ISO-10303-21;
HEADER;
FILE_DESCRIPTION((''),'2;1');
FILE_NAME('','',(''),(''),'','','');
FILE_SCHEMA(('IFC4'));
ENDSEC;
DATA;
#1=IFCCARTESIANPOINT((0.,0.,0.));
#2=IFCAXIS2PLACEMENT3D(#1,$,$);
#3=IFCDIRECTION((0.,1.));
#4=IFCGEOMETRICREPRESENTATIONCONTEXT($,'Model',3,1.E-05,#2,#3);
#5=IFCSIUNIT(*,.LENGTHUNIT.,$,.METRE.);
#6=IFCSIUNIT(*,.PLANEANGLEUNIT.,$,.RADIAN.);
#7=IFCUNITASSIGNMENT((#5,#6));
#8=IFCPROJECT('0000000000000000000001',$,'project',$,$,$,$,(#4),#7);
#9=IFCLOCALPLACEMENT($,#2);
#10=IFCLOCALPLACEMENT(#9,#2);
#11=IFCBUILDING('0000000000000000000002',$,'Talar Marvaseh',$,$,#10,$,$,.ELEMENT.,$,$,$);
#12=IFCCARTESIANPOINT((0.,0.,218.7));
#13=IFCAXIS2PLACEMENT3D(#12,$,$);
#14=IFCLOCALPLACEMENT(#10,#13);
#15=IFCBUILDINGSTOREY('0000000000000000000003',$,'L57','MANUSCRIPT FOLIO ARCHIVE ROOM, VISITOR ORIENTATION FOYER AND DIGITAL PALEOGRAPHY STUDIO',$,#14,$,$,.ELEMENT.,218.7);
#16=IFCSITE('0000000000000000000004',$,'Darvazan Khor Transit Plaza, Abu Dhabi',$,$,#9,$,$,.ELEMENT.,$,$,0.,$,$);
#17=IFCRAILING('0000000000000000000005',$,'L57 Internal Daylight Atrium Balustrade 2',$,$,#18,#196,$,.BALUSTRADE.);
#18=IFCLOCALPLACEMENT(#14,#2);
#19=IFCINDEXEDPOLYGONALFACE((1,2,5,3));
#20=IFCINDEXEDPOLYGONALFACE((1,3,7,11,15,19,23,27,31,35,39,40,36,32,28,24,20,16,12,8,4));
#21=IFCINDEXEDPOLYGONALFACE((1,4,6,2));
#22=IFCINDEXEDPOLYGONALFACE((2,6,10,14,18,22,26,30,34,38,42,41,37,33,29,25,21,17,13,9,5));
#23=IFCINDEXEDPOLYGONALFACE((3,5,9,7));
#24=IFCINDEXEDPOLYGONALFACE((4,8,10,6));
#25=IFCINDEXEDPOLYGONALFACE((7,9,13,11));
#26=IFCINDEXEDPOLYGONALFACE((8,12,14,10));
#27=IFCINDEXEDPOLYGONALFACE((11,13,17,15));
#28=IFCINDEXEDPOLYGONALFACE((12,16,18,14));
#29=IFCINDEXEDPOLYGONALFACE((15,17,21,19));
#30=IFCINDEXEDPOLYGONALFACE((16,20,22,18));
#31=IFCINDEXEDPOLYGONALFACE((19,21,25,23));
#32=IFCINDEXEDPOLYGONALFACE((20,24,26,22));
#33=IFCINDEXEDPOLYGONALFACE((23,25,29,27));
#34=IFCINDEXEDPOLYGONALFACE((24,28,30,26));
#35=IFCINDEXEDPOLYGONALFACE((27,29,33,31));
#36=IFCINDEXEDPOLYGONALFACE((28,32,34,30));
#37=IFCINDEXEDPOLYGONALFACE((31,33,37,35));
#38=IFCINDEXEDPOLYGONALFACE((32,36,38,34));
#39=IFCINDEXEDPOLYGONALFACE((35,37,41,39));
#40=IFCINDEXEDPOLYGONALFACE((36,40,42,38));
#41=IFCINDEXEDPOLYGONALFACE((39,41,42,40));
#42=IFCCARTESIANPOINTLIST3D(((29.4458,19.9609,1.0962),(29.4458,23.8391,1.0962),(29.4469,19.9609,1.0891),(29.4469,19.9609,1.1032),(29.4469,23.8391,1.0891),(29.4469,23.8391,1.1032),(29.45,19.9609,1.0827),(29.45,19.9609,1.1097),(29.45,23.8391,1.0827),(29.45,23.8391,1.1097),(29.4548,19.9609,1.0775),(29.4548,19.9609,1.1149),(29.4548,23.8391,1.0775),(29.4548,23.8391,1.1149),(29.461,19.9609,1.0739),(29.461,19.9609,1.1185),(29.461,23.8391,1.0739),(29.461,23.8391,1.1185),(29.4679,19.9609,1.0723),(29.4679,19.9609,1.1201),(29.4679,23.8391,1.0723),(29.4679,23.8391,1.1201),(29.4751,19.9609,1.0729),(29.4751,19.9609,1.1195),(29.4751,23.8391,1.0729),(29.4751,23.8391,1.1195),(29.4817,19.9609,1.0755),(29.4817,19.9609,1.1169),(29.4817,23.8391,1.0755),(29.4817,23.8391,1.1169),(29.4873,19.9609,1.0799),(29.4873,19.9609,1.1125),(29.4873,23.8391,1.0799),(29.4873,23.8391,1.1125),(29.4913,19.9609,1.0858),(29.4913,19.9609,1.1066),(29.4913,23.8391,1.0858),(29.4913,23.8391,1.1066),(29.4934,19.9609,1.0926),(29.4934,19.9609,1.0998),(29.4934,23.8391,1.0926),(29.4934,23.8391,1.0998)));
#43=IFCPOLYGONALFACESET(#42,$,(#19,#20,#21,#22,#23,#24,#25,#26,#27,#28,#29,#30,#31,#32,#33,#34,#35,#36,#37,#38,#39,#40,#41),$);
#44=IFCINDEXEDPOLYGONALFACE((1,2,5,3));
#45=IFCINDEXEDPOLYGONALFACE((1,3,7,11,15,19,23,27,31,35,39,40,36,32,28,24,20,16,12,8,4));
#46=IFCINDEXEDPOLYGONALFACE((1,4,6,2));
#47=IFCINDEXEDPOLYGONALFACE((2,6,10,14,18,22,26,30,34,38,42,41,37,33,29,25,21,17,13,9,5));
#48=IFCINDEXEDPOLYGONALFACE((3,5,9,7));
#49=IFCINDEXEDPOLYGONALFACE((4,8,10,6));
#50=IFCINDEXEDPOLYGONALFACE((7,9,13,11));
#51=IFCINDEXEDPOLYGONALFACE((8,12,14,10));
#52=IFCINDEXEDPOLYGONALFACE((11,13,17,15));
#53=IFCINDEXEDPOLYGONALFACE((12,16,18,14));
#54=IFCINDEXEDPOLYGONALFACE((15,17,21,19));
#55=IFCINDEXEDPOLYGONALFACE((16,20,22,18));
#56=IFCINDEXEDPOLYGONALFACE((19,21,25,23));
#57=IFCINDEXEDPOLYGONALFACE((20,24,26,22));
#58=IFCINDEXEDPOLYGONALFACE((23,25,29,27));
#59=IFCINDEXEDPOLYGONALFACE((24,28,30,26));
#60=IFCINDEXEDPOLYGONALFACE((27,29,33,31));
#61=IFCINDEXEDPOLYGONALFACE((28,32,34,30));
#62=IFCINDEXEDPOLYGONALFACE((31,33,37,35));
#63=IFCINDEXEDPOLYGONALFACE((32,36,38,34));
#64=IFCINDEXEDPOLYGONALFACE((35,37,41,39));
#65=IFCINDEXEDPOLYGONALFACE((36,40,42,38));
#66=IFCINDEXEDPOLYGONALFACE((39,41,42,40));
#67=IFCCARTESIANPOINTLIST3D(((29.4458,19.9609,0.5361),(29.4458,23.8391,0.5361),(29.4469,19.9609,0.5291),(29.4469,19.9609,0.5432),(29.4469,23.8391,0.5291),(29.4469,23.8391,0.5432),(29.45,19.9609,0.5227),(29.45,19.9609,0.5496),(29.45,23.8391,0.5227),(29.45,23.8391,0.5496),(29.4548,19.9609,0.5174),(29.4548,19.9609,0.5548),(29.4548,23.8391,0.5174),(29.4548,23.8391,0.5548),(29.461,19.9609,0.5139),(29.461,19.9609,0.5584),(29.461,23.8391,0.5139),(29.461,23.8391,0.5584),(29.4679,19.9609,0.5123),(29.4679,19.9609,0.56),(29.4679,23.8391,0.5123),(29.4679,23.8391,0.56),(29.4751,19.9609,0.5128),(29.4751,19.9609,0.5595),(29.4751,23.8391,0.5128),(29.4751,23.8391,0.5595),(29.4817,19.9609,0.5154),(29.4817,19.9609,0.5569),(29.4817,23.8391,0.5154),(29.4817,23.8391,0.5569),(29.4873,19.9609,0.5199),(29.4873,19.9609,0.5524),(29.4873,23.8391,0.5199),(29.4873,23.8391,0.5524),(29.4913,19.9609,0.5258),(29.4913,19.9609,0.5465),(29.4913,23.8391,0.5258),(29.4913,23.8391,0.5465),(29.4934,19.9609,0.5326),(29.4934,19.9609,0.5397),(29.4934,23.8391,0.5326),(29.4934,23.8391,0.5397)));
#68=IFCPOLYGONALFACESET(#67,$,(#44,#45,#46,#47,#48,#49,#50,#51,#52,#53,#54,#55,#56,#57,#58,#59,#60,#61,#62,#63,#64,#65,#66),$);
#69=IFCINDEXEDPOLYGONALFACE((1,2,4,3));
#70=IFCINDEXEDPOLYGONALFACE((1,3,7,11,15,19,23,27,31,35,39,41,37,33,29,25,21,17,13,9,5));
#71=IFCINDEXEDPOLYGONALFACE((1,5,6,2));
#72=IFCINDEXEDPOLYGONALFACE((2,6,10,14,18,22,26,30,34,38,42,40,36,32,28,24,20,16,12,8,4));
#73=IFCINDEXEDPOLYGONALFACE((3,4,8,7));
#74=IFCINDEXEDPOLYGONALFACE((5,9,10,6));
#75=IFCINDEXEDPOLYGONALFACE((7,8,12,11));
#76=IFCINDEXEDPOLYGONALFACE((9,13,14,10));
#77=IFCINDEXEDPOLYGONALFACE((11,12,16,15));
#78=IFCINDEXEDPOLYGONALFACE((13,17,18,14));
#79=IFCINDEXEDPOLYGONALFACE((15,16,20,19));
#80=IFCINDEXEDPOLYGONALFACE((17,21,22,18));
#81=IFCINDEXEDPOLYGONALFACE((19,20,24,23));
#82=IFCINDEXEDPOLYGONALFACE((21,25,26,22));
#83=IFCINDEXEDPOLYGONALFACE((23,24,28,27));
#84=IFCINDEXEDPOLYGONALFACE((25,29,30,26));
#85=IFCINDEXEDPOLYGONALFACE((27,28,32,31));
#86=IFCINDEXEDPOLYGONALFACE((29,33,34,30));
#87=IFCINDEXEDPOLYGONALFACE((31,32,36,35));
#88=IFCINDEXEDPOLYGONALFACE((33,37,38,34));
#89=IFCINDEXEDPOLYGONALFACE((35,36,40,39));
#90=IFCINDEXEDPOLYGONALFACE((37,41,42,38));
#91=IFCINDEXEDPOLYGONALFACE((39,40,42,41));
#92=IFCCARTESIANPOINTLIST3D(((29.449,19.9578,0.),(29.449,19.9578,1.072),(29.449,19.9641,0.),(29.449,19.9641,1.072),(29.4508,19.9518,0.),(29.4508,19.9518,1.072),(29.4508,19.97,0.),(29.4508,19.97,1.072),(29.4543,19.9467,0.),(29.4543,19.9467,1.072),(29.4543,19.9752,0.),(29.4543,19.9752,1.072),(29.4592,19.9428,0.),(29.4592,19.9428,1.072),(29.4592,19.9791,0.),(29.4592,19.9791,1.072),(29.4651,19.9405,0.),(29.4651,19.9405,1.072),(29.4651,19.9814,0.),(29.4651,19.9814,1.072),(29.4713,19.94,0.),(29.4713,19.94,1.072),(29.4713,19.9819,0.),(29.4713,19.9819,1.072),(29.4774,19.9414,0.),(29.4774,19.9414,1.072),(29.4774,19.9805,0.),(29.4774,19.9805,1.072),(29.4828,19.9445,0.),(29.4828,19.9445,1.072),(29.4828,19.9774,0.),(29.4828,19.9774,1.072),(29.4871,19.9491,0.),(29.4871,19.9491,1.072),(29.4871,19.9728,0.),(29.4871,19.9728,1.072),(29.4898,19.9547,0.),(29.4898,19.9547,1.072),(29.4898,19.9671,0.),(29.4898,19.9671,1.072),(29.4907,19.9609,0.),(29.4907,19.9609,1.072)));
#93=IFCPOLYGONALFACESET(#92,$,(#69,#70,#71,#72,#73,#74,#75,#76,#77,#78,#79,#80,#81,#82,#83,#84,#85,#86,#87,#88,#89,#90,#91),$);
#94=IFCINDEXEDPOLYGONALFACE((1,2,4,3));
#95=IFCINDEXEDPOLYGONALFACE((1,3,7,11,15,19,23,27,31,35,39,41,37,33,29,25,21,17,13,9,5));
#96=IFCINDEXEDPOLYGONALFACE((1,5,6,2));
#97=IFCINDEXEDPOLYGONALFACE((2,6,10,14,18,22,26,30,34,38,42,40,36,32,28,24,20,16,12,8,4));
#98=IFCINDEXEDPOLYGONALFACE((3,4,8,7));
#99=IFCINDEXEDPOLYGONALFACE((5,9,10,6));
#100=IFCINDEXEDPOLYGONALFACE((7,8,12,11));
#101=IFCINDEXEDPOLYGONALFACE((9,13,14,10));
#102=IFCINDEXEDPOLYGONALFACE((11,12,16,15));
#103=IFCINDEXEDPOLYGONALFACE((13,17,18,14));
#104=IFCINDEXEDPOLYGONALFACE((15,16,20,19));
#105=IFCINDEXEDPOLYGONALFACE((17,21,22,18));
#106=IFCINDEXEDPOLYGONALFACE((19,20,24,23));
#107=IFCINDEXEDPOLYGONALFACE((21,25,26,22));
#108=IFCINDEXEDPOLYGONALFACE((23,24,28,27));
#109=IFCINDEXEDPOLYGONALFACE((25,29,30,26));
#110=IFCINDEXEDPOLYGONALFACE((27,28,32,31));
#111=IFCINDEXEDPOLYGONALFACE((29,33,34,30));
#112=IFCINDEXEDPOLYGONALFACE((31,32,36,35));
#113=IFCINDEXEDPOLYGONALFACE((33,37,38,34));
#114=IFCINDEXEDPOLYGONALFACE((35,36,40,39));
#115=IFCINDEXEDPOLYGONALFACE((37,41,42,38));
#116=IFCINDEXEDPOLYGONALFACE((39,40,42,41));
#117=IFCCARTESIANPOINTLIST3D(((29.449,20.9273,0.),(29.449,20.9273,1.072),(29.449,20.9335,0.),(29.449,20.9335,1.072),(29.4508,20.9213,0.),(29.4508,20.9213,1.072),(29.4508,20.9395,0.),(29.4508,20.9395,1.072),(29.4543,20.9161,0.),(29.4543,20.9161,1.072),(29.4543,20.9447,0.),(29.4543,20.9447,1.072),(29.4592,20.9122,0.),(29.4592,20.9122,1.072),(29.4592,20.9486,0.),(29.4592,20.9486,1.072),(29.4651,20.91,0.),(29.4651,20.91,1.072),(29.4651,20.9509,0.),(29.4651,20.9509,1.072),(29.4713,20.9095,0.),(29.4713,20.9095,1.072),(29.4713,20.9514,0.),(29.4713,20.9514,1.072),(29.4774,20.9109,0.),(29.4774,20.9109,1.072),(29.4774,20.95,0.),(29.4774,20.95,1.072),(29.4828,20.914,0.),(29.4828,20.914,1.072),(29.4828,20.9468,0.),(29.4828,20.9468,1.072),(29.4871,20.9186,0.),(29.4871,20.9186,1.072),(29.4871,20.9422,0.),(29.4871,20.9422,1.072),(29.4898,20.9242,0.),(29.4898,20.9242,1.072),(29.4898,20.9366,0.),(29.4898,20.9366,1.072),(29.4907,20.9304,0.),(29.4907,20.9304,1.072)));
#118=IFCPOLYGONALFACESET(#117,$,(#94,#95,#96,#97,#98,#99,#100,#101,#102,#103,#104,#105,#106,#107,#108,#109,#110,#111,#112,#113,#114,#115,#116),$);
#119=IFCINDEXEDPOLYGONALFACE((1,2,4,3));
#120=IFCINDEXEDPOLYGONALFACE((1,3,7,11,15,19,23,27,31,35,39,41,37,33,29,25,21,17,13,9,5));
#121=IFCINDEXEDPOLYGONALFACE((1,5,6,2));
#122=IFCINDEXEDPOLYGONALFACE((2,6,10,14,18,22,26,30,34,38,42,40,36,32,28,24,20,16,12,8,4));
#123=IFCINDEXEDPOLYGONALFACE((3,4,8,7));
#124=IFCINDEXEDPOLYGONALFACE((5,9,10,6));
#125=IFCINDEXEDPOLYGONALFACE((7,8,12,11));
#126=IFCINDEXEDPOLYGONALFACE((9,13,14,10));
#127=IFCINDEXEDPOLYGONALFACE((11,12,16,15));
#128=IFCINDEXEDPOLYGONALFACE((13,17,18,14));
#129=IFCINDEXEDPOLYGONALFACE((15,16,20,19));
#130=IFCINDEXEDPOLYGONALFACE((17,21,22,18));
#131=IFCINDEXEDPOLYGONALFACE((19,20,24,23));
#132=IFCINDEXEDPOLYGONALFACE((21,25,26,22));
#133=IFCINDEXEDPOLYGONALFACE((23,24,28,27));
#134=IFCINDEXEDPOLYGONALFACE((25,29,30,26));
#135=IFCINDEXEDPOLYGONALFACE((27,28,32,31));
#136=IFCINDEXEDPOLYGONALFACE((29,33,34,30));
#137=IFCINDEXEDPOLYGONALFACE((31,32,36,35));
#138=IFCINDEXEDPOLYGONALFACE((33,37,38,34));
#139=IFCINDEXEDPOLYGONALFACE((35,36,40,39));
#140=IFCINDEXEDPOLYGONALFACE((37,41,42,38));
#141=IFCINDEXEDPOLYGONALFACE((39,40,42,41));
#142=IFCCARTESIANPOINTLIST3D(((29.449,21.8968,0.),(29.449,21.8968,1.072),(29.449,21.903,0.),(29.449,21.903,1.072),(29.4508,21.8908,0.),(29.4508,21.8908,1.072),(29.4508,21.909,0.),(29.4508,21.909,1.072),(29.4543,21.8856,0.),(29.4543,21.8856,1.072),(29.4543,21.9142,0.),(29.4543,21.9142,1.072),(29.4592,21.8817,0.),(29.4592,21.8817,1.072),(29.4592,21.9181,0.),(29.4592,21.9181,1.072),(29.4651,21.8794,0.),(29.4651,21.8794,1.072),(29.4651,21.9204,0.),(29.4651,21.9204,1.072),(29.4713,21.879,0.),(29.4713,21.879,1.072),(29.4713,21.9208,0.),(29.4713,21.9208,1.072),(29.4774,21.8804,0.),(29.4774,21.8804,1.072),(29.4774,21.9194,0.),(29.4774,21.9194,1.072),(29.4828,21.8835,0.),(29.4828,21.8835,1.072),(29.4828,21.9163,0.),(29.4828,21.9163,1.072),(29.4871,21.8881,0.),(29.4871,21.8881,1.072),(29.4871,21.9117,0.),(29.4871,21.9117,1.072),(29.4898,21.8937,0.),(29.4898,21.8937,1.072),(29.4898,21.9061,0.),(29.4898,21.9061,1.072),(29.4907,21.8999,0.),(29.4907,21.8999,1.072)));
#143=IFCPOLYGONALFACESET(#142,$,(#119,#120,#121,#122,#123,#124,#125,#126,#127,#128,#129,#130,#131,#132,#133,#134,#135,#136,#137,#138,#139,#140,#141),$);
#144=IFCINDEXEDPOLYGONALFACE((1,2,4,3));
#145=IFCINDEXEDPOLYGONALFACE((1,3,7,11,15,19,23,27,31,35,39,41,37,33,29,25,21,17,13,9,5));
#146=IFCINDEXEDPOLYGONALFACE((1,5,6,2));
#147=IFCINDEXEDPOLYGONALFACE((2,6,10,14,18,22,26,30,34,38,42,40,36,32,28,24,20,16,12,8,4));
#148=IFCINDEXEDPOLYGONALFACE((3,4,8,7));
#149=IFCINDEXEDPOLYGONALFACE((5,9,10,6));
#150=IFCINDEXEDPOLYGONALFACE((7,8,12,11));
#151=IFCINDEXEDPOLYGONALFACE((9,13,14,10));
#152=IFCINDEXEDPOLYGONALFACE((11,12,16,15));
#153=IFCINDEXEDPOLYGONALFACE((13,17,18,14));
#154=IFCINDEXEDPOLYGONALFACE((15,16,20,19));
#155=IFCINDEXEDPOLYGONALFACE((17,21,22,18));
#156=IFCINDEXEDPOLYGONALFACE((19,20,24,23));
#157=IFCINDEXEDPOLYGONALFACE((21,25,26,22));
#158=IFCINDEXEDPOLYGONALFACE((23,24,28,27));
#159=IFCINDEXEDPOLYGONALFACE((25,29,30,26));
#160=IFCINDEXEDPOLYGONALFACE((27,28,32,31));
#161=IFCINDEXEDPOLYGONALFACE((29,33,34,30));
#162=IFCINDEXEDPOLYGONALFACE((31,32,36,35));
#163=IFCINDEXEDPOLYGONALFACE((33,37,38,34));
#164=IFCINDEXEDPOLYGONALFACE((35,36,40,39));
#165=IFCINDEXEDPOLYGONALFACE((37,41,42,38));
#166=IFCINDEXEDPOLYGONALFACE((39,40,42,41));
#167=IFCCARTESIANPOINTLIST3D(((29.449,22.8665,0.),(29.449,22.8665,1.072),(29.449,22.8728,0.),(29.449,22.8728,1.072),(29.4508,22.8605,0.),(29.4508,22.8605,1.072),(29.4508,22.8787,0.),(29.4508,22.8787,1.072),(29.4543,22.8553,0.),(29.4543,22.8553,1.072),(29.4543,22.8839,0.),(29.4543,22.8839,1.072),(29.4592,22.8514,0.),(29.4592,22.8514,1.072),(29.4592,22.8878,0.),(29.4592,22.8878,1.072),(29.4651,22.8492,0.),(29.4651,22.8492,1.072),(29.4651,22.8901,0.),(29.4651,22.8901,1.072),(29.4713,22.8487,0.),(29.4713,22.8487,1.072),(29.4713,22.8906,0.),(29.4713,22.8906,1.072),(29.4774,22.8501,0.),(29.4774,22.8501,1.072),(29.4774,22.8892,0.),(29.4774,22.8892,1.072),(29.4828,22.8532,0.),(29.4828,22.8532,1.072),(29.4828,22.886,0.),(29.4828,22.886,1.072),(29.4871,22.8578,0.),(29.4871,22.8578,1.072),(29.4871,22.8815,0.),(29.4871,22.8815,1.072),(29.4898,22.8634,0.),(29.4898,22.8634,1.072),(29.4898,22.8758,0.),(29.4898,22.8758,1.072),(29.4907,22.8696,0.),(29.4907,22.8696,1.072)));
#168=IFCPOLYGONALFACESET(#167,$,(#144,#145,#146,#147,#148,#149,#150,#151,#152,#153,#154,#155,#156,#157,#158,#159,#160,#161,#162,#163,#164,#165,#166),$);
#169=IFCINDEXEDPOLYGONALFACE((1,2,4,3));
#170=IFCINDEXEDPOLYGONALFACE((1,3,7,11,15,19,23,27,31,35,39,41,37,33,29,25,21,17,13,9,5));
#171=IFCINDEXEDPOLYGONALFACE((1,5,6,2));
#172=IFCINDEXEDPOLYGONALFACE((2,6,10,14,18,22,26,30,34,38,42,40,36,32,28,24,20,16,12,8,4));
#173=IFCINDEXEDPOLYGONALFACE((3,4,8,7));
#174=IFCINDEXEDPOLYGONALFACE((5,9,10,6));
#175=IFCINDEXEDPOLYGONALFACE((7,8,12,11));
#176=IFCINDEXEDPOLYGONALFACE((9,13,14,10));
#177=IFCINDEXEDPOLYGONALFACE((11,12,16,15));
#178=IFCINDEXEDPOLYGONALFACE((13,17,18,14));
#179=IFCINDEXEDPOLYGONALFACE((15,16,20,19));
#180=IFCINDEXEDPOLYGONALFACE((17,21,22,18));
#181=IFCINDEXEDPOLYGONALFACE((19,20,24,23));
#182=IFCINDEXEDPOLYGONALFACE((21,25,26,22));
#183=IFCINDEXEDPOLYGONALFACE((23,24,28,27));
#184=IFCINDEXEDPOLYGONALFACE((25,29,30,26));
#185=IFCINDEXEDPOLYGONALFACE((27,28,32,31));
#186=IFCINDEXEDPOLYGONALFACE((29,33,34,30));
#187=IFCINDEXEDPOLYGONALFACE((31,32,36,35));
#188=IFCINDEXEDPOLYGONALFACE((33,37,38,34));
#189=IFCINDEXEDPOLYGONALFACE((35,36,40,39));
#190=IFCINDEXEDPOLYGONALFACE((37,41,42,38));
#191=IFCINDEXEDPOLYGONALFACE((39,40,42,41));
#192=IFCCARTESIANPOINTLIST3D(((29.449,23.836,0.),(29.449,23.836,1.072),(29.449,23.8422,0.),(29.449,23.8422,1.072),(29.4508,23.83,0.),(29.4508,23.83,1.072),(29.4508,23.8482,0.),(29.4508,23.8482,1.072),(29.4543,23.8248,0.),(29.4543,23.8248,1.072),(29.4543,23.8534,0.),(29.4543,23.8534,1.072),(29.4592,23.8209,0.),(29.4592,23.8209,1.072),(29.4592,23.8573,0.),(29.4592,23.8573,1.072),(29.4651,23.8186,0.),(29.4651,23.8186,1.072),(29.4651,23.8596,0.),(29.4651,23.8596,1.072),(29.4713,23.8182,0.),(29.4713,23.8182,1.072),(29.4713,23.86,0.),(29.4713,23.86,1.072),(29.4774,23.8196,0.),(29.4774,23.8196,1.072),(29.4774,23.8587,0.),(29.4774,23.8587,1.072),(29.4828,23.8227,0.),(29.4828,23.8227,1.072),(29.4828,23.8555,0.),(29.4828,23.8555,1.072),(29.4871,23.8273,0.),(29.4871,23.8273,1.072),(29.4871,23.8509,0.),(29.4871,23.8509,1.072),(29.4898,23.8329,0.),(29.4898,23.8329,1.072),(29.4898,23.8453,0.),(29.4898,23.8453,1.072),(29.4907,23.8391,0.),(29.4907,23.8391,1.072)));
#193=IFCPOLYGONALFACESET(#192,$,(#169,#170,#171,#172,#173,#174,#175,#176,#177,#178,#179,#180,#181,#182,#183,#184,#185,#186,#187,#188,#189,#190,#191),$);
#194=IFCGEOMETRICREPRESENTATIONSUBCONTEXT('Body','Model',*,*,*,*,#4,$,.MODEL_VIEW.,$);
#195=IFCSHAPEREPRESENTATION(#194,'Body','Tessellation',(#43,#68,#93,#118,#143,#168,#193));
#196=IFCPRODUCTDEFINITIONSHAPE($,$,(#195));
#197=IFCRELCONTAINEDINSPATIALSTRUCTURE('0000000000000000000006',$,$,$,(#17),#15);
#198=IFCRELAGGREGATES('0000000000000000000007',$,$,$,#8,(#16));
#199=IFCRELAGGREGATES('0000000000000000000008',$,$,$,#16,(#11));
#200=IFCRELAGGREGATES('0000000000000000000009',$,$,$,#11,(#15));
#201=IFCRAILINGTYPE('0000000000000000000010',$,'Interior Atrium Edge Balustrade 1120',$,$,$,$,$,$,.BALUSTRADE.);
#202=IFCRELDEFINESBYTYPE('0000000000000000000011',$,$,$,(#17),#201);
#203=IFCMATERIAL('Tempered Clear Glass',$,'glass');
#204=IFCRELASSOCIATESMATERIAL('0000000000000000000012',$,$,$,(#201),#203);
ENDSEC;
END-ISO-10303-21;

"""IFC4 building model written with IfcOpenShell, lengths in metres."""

from ifc_helpers import new_model, si_unit, direction, frame, origin, origin_2d, place, context, subcontext, project, spatial, circle, extrude, material, type_object, element, save


model = new_model("IFC4")

# Units and contexts
model_context = context("Model", 3, precision=1e-05, world=origin(), true_north=direction((0.0, 1.0)))
body_context = subcontext(model_context, "Body", "Model", "MODEL_VIEW")
ifc_project = project(units=[si_unit("LENGTHUNIT", "METRE"), si_unit("PLANEANGLEUNIT", "RADIAN")], contexts=[model_context])

# Site, building, storey
site_placement = place(None, origin())
site = spatial("IfcSite", under=ifc_project, at=site_placement, Name="Darvazan Khor Transit Plaza, Abu Dhabi", CompositionType="ELEMENT", RefElevation=0.0)
building_placement = place(site_placement, origin())
building = spatial("IfcBuilding", under=site, at=building_placement, Name="Talar Marvaseh", CompositionType="ELEMENT")
storey_placement = place(building_placement, frame((0.0, 0.0, 218.7)))
storey = spatial("IfcBuildingStorey", under=building, at=storey_placement, Name="L57", Description="MANUSCRIPT FOLIO ARCHIVE ROOM, VISITOR ORIENTATION FOYER AND DIGITAL PALEOGRAPHY STUDIO", CompositionType="ELEMENT", Elevation=218.7)

# Railing
ifc_material_1 = material(Name="Tempered Clear Glass", Category="glass")
railing_type = type_object("IfcRailingType", Name="Interior Atrium Edge Balustrade 1120", PredefinedType="BALUSTRADE", material=ifc_material_1)
railing_1_placement = place(storey_placement, frame((29.4697, 19.9609, 0.0)))
element("IfcRailing", 1, at=railing_1_placement, inside=storey, type_object=railing_type, Name="L57 Internal Daylight Atrium Balustrade 2", PredefinedType="BALUSTRADE", context=body_context, shape_type="SweptSolid", body=[
    extrude(circle(Radius=0.0239, at=origin_2d()), frame((0.0, 0.0, 1.0962), z_axis=(0.0, 1.0, 0.0), x_axis=(-1.0, 0.0, 0.0)), (0.0, 0.0, 1.0), 3.8782),
    extrude(circle(Radius=0.0239, at=origin_2d()), frame((0.0, 0.0, 0.5361), z_axis=(0.0, 1.0, 0.0), x_axis=(-1.0, 0.0, 0.0)), (0.0, 0.0, 1.0), 3.8782),
    extrude(circle(Radius=0.021, at=origin_2d()), origin(), (0.0, 0.0, 1.0), 1.072),
    extrude(circle(Radius=0.021, at=origin_2d()), frame((0.0, 0.9695, 0.0)), (0.0, 0.0, 1.0), 1.072),
    extrude(circle(Radius=0.021, at=origin_2d()), frame((0.0, 1.939, 0.0)), (0.0, 0.0, 1.0), 1.072),
    extrude(circle(Radius=0.021, at=origin_2d()), frame((0.0, 2.9087, 0.0)), (0.0, 0.0, 1.0), 1.072),
    extrude(circle(Radius=0.021, at=origin_2d()), frame((0.0, 3.8782, 0.0)), (0.0, 0.0, 1.0), 1.072),
])

save(model, "model.ifc")
